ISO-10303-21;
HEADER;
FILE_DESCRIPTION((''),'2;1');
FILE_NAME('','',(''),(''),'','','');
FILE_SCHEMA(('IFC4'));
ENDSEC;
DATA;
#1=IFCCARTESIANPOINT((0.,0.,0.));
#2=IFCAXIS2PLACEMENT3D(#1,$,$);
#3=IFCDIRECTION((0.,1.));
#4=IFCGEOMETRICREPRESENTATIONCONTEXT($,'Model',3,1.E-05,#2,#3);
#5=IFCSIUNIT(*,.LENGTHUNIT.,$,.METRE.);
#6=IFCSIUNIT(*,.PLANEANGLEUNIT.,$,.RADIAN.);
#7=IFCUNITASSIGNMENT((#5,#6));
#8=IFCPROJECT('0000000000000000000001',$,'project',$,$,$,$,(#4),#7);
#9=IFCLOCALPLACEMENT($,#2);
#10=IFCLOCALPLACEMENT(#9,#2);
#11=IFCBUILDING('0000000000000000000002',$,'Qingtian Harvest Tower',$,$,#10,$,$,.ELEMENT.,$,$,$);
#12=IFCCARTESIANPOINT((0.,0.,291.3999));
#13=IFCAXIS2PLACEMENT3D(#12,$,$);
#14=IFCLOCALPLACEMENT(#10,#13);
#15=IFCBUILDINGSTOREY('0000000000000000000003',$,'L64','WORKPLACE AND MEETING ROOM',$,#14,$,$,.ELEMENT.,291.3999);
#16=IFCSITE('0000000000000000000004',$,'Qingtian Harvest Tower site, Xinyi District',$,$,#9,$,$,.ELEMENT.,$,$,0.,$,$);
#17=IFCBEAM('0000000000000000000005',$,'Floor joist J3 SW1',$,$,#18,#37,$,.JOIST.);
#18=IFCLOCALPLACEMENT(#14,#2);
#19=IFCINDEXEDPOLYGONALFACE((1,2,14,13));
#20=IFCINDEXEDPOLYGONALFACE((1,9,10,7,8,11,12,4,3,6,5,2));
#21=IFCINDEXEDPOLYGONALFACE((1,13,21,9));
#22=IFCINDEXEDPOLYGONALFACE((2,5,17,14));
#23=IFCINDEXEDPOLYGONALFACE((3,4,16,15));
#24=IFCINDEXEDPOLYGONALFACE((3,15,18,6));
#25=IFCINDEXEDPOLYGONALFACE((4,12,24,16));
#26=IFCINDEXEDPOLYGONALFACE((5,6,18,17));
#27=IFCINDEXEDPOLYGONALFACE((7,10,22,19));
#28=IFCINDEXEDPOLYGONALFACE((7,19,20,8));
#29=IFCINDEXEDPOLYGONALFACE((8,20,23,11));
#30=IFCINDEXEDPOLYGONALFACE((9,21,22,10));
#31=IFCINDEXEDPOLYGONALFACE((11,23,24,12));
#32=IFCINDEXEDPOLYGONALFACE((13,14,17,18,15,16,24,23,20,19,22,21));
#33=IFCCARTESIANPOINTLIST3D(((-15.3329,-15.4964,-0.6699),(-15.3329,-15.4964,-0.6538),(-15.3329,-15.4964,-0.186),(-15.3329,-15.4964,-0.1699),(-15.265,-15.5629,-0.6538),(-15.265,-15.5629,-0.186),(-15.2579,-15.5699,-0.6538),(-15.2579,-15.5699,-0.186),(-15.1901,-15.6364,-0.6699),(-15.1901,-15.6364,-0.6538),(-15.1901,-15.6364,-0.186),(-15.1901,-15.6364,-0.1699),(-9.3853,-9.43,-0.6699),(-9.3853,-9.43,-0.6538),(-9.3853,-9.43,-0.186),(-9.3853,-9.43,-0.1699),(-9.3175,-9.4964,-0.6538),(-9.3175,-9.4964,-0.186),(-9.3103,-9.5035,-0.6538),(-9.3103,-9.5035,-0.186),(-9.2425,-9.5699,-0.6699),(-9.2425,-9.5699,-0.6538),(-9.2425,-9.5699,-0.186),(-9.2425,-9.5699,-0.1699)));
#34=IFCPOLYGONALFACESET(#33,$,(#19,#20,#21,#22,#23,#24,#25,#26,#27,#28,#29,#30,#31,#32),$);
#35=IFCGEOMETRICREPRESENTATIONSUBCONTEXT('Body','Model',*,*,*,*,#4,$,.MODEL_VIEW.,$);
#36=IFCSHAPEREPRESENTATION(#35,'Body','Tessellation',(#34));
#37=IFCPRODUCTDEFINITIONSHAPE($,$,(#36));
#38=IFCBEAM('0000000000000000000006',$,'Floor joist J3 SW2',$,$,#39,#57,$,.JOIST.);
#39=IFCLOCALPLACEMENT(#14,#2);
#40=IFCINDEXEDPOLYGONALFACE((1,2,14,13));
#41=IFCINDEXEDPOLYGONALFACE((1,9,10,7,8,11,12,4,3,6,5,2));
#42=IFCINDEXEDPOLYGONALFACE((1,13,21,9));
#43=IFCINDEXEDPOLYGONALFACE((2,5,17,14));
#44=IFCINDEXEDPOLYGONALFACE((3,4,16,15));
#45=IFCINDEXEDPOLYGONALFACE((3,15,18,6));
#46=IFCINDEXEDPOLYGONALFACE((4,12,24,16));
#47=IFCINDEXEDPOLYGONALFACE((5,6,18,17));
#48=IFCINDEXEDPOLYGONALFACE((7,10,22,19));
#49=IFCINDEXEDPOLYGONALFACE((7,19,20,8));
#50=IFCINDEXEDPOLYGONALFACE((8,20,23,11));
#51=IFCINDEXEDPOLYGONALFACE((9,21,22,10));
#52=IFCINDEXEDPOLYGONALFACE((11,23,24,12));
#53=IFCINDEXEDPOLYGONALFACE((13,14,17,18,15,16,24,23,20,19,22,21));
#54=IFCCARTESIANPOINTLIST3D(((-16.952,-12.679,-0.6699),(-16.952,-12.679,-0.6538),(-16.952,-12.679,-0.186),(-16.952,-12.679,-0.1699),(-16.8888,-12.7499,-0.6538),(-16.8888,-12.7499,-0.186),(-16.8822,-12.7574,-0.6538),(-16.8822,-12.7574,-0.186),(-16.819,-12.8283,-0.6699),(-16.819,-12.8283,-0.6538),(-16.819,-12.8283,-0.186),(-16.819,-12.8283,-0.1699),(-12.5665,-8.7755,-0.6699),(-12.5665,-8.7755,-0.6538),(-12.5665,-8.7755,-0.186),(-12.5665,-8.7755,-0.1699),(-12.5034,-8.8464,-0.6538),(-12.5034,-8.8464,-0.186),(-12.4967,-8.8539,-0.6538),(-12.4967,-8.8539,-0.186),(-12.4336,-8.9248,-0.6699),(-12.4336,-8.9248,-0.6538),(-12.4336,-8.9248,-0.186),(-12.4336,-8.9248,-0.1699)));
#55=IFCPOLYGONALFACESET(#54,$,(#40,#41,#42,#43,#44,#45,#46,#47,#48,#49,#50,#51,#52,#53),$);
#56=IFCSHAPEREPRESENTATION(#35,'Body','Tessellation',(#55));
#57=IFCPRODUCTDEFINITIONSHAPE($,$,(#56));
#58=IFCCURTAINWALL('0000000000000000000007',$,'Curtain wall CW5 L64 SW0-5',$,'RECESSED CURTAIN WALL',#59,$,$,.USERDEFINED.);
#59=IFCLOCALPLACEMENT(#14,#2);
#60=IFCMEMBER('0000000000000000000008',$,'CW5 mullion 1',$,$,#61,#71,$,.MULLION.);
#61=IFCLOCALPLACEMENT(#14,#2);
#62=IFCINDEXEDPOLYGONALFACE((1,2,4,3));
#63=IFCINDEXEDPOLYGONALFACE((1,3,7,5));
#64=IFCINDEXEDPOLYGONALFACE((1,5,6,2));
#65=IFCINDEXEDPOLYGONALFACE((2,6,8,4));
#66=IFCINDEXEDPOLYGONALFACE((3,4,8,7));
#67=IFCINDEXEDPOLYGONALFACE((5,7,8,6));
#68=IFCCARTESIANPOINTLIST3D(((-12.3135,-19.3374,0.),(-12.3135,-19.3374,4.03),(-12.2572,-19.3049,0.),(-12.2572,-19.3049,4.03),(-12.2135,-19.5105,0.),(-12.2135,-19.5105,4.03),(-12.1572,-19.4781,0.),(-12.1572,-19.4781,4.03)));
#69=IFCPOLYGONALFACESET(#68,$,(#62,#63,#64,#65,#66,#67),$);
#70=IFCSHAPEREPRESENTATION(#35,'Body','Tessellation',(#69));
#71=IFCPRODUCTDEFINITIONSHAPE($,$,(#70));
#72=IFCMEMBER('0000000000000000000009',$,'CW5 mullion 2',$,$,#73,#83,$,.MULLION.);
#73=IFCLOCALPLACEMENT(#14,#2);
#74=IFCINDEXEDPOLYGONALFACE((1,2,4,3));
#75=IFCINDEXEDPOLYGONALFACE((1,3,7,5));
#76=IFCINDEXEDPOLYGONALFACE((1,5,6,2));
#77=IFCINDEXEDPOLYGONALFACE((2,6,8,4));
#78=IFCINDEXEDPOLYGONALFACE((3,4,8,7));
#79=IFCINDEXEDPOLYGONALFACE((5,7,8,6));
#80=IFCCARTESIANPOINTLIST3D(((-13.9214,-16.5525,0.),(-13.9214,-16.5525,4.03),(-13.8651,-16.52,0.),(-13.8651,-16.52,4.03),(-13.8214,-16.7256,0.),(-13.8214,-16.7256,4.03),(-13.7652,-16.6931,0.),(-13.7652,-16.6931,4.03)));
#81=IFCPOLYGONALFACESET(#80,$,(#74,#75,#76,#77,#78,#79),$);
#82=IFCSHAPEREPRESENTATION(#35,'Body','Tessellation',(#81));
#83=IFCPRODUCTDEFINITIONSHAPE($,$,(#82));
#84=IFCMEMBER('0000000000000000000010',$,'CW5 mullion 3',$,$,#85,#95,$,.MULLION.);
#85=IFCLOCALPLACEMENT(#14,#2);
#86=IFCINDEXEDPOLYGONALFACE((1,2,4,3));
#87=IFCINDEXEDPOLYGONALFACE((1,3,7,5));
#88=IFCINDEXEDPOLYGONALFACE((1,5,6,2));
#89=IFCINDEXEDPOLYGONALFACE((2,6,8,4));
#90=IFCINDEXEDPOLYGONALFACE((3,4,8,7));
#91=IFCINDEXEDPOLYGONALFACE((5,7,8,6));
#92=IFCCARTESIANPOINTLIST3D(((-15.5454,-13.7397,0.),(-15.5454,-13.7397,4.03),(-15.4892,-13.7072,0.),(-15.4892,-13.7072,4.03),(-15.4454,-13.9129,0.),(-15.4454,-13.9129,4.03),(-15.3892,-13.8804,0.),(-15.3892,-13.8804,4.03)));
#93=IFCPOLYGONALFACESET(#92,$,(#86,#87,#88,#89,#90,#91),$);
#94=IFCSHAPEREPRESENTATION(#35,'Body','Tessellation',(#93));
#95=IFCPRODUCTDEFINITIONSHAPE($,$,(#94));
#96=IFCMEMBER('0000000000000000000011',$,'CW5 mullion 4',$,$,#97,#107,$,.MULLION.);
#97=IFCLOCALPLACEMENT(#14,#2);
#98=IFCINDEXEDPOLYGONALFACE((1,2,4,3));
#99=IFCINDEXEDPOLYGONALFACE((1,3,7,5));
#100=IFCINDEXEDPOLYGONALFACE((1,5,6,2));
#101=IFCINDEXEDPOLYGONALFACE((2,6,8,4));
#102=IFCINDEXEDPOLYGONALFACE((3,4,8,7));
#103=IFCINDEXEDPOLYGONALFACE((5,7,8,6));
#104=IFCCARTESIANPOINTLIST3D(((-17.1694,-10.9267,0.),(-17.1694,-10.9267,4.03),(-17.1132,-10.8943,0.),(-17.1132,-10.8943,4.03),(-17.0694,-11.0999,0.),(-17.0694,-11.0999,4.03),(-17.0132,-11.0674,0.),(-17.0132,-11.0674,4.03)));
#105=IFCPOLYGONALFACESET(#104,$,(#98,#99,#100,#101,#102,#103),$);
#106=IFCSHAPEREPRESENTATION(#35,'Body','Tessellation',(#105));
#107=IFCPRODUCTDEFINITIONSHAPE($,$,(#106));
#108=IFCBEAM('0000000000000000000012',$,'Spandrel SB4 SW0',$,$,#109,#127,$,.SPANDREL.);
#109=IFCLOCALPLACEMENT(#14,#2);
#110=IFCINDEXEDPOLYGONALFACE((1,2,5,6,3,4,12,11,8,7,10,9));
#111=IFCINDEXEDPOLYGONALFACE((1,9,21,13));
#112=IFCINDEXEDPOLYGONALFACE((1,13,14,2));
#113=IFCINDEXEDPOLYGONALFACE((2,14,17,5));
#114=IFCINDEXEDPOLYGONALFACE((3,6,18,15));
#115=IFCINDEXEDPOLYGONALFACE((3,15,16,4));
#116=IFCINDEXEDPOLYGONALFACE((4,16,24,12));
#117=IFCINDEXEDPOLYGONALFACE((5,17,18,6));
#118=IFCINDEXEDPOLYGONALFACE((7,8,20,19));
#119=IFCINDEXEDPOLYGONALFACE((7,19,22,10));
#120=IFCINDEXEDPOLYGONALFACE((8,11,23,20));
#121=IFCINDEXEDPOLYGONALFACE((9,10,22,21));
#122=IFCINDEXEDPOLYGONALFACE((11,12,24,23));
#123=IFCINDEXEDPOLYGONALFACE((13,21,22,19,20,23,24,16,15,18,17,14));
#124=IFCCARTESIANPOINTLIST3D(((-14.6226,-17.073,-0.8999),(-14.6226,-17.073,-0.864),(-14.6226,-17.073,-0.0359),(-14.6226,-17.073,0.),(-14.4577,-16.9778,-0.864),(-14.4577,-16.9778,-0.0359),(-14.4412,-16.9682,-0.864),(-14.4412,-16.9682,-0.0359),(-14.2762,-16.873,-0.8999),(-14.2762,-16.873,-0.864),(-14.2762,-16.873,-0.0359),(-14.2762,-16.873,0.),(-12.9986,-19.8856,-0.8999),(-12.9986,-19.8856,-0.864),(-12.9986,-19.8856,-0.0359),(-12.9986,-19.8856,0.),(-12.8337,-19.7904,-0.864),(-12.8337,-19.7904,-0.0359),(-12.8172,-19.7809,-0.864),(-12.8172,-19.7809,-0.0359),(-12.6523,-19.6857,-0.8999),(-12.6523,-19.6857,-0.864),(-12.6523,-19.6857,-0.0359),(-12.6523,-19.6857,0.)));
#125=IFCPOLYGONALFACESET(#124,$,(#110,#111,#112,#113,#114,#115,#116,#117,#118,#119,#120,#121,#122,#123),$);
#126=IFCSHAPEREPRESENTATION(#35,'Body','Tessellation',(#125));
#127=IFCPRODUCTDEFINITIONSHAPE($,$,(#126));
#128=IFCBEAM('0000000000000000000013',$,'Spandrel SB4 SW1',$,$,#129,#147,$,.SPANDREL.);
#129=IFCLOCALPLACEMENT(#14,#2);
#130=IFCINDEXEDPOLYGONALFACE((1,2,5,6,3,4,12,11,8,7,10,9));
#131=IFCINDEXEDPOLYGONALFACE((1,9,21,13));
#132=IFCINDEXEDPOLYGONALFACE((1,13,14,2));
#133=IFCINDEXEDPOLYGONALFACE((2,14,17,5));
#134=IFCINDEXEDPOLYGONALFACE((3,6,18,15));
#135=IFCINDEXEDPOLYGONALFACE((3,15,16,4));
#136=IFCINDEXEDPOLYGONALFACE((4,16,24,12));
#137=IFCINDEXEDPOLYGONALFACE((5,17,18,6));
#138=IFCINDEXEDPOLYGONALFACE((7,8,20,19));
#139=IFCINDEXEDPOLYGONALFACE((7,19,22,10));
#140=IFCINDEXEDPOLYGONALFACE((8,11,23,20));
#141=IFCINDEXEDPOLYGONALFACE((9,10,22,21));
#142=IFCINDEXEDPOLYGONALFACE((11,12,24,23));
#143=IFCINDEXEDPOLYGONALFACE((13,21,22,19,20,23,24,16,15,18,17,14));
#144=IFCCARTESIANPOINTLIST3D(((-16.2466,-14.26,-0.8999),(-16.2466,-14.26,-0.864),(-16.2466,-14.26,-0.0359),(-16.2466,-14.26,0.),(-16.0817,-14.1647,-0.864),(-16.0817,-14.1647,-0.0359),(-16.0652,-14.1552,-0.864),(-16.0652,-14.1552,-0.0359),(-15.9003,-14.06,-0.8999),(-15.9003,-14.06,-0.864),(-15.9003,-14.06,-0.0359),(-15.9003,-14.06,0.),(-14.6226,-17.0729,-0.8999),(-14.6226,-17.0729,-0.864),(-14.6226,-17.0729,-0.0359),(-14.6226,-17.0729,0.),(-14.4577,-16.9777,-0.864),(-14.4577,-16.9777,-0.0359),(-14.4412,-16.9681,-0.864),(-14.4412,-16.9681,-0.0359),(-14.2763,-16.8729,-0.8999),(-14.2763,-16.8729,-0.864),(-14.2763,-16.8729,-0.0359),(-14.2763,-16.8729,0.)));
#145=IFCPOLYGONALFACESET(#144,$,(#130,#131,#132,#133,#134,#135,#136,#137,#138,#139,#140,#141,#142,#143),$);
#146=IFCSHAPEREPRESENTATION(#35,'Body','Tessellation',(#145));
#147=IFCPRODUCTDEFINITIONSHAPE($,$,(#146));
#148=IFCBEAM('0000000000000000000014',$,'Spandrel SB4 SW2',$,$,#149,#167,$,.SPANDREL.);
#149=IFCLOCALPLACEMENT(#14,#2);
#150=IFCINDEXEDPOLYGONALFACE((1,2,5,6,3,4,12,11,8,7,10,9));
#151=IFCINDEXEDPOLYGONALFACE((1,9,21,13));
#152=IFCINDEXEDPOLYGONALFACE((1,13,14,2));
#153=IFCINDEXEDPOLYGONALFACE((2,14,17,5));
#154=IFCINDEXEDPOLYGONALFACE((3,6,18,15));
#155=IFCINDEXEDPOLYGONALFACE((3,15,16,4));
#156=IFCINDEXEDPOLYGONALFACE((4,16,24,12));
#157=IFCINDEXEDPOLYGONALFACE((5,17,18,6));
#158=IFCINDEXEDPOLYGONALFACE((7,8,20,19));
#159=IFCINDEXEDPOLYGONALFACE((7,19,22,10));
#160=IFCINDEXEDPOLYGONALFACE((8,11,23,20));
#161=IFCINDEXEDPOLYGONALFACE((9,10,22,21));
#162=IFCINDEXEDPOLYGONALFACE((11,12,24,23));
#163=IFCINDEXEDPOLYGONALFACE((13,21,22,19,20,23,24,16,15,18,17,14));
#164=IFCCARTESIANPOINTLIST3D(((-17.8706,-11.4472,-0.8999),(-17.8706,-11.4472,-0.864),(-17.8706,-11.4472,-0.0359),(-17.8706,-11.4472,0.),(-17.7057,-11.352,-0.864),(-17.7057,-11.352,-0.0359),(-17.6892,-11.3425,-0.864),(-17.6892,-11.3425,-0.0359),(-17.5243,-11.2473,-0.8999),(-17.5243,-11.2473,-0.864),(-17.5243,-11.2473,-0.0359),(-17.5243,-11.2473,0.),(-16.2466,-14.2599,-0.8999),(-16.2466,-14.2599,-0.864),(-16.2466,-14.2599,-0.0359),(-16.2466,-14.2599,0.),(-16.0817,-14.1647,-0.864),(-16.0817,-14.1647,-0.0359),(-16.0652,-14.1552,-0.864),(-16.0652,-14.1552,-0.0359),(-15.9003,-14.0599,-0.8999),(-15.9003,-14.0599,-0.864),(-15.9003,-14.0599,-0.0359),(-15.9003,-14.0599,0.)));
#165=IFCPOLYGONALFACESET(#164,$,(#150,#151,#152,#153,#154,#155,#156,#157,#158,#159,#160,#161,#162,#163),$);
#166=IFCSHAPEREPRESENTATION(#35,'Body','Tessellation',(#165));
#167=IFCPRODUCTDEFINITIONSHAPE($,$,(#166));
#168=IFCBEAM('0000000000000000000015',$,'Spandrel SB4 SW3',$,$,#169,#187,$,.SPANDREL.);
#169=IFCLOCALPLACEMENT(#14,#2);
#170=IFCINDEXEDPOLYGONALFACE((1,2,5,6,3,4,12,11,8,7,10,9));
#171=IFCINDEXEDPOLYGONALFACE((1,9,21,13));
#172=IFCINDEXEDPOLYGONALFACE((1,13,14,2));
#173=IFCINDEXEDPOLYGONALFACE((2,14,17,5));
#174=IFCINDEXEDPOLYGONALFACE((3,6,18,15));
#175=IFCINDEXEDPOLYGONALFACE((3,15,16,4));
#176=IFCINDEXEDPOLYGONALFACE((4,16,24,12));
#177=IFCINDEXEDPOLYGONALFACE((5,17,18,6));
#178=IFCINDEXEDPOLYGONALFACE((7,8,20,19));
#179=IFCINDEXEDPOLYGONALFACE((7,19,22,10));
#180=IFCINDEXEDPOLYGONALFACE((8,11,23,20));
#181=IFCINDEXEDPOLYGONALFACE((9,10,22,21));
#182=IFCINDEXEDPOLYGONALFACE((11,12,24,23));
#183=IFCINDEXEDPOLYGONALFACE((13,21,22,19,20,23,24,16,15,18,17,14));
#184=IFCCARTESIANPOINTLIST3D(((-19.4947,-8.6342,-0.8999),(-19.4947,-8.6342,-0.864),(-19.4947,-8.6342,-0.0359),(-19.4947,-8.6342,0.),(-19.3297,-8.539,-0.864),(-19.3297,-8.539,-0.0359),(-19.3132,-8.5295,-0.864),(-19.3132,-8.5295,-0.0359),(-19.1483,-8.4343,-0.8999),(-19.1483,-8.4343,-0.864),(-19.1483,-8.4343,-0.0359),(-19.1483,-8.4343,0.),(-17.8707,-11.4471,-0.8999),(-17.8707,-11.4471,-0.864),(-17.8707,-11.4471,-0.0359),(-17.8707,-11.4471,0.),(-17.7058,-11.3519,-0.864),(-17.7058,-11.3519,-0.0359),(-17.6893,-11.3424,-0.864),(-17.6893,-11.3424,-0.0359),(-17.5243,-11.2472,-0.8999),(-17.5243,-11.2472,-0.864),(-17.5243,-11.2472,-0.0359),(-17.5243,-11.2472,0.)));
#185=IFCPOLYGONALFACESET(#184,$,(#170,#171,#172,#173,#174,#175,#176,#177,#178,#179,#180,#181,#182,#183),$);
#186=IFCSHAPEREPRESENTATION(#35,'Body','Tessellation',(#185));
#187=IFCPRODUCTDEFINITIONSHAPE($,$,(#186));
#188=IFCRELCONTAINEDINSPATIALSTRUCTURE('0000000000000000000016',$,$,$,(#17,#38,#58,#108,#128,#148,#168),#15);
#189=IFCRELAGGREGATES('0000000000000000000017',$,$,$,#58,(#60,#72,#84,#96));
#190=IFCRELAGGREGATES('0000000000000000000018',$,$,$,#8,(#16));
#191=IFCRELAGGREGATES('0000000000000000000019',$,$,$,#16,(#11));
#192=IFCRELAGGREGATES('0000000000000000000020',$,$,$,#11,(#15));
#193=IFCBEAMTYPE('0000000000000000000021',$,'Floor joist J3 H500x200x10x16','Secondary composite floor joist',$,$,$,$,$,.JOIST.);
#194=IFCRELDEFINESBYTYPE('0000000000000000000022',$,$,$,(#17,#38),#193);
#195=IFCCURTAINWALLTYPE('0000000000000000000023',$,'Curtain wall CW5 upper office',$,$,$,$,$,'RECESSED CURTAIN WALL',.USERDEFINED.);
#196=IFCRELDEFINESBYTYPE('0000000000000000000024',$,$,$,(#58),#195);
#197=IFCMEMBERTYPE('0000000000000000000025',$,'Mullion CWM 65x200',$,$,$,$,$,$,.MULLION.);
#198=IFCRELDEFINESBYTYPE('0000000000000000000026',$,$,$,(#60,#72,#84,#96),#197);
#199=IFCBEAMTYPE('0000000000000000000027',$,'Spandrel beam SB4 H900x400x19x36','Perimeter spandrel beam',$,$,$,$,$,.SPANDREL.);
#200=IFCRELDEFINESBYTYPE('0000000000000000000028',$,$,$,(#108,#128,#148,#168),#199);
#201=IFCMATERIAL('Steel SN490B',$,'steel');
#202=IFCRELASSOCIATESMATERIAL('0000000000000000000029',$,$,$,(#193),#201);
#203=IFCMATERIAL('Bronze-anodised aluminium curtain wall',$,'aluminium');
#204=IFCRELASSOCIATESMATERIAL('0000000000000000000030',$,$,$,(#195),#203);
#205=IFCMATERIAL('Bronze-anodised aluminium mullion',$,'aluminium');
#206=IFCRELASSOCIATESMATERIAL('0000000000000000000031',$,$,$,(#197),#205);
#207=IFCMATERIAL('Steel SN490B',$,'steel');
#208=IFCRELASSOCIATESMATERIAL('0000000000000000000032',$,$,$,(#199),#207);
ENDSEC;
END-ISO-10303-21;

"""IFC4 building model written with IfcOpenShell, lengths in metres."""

from ifc_helpers import new_model, si_unit, direction, frame, origin, origin_2d, place, context, subcontext, project, spatial, rectangle, i_section, extrude, material, material_profile, profile_set, type_object, element, aggregate, save


model = new_model("IFC4")

# Units and contexts
model_context = context("Model", 3, precision=1e-05, world=origin(), true_north=direction((0.0, 1.0)))
body_context = subcontext(model_context, "Body", "Model", "MODEL_VIEW")
ifc_project = project(units=[si_unit("LENGTHUNIT", "METRE"), si_unit("PLANEANGLEUNIT", "RADIAN")], contexts=[model_context])

# Site, building, storey
site_placement = place(None, origin())
site = spatial("IfcSite", under=ifc_project, at=site_placement, Name="Qingtian Harvest Tower site, Xinyi District", CompositionType="ELEMENT", RefElevation=0.0)
building_placement = place(site_placement, origin())
building = spatial("IfcBuilding", under=site, at=building_placement, Name="Qingtian Harvest Tower", CompositionType="ELEMENT")
storey_placement = place(building_placement, frame((0.0, 0.0, 291.3999)))
storey = spatial("IfcBuildingStorey", under=building, at=storey_placement, Name="L64", Description="WORKPLACE AND MEETING ROOM", CompositionType="ELEMENT", Elevation=291.3999)

# Beams
ifc_material_1 = material(Name="Steel SN490B", Category="steel")
ifc_material_profile_1 = material_profile(ifc_material_1, i_section(OverallWidth=0.2, OverallDepth=0.5, WebThickness=0.01, FlangeThickness=0.0161, at=origin_2d()), Name="H500x200x10x16")
ifc_profile_set_1 = profile_set([ifc_material_profile_1], Name="Steel SN490B")
beam_type_1 = type_object("IfcBeamType", Name="Floor joist J3 H500x200x10x16", Description="Secondary composite floor joist", PredefinedType="JOIST", material=ifc_profile_set_1)
beam_1_placement = place(storey_placement, frame((-15.2615, -15.5664, -0.4199), z_axis=(0.700075, 0.71407, 0.0), x_axis=(-0.71407, 0.700075, 0.0)))
element("IfcBeam", 1, at=beam_1_placement, inside=storey, type_object=beam_type_1, Name="Floor joist J3 SW1", PredefinedType="JOIST", context=body_context, shape_type="SweptSolid", body=[
    extrude(i_section(OverallWidth=0.2, OverallDepth=0.5, WebThickness=0.01, FlangeThickness=0.0161, at=origin_2d()), origin(), (0.0, 0.0, 1.0), 8.4956),
])
beam_2_placement = place(storey_placement, frame((-16.8855, -12.7537, -0.4199), z_axis=(0.746957, 0.664872, 0.0), x_axis=(-0.664872, 0.746957, 0.0)))
element("IfcBeam", 2, at=beam_2_placement, inside=storey, type_object=beam_type_1, Name="Floor joist J3 SW2", PredefinedType="JOIST", context=body_context, shape_type="SweptSolid", body=[
    extrude(i_section(OverallWidth=0.2, OverallDepth=0.5, WebThickness=0.01, FlangeThickness=0.0161, at=origin_2d()), origin(), (0.0, 0.0, 1.0), 5.8711),
])

# Curtain wall, members
ifc_material_2 = material(Name="Bronze-anodised aluminium curtain wall", Category="aluminium")
curtain_wall_type = type_object("IfcCurtainWallType", Name="Curtain wall CW5 upper office", ElementType="RECESSED CURTAIN WALL", PredefinedType="USERDEFINED", material=ifc_material_2)
curtain_wall_placement = place(storey_placement, origin())
curtain_wall = element("IfcCurtainWall", 3, at=curtain_wall_placement, inside=storey, type_object=curtain_wall_type, Name="Curtain wall CW5 L64 SW0-5", ObjectType="RECESSED CURTAIN WALL", PredefinedType="USERDEFINED")
ifc_material_3 = material(Name="Bronze-anodised aluminium mullion", Category="aluminium")
ifc_material_profile_2 = material_profile(ifc_material_3, rectangle(XDim=0.0649, YDim=0.2, at=origin_2d()), Name="AL 65x200")
ifc_profile_set_2 = profile_set([ifc_material_profile_2], Name="Bronze-anodised aluminium mullion")
member_type_1 = type_object("IfcMemberType", Name="Mullion CWM 65x200", PredefinedType="MULLION", material=ifc_profile_set_2)
member_1_placement = place(storey_placement, frame((-12.2354, -19.4077, 0.0), z_axis=(0.0, 0.0, 1.0), x_axis=(-0.866025, -0.5, 0.0)))
member_1 = element("IfcMember", 4, at=member_1_placement, type_object=member_type_1, Name="CW5 mullion 1", PredefinedType="MULLION", context=body_context, shape_type="SweptSolid", body=[
    extrude(rectangle(XDim=0.0649, YDim=0.2, at=origin_2d()), origin(), (0.0, 0.0, 1.0), 4.03),
])
member_2_placement = place(storey_placement, frame((-13.8433, -16.6228, 0.0), z_axis=(0.0, 0.0, 1.0), x_axis=(-0.866025, -0.5, 0.0)))
member_2 = element("IfcMember", 5, at=member_2_placement, type_object=member_type_1, Name="CW5 mullion 2", PredefinedType="MULLION", context=body_context, shape_type="SweptSolid", body=[
    extrude(rectangle(XDim=0.0649, YDim=0.2, at=origin_2d()), origin(), (0.0, 0.0, 1.0), 4.03),
])
member_3_placement = place(storey_placement, frame((-15.4673, -13.8101, 0.0), z_axis=(0.0, 0.0, 1.0), x_axis=(-0.866025, -0.5, 0.0)))
member_3 = element("IfcMember", 6, at=member_3_placement, type_object=member_type_1, Name="CW5 mullion 3", PredefinedType="MULLION", context=body_context, shape_type="SweptSolid", body=[
    extrude(rectangle(XDim=0.0649, YDim=0.2, at=origin_2d()), origin(), (0.0, 0.0, 1.0), 4.03),
])
member_4_placement = place(storey_placement, frame((-17.0913, -10.9971, 0.0), z_axis=(0.0, 0.0, 1.0), x_axis=(-0.866025, -0.5, 0.0)))
member_4 = element("IfcMember", 7, at=member_4_placement, type_object=member_type_1, Name="CW5 mullion 4", PredefinedType="MULLION", context=body_context, shape_type="SweptSolid", body=[
    extrude(rectangle(XDim=0.0649, YDim=0.2, at=origin_2d()), origin(), (0.0, 0.0, 1.0), 4.03),
])

# Beams
ifc_material_4 = material(Name="Steel SN490B", Category="steel")
ifc_material_profile_3 = material_profile(ifc_material_4, i_section(OverallWidth=0.3999, OverallDepth=0.8999, WebThickness=0.019, FlangeThickness=0.0359, at=origin_2d()), Name="H900x400x19x36")
ifc_profile_set_3 = profile_set([ifc_material_profile_3], Name="Steel SN490B")
beam_type_2 = type_object("IfcBeamType", Name="Spandrel beam SB4 H900x400x19x36", Description="Perimeter spandrel beam", PredefinedType="SPANDREL", material=ifc_profile_set_3)
beam_3_placement = place(storey_placement, frame((-12.8254, -19.7856, -0.45), z_axis=(-0.50002, 0.866014, 0.0), x_axis=(-0.866014, -0.50002, 0.0)))
element("IfcBeam", 8, at=beam_3_placement, inside=storey, type_object=beam_type_2, Name="Spandrel SB4 SW0", PredefinedType="SPANDREL", context=body_context, shape_type="SweptSolid", body=[
    extrude(i_section(OverallWidth=0.3999, OverallDepth=0.8999, WebThickness=0.019, FlangeThickness=0.0359, at=origin_2d()), origin(), (0.0, 0.0, 1.0), 3.2478),
])
beam_4_placement = place(storey_placement, frame((-14.4495, -16.9729, -0.45), z_axis=(-0.499987, 0.866033, 0.0), x_axis=(-0.866033, -0.499987, 0.0)))
element("IfcBeam", 9, at=beam_4_placement, inside=storey, type_object=beam_type_2, Name="Spandrel SB4 SW1", PredefinedType="SPANDREL", context=body_context, shape_type="SweptSolid", body=[
    extrude(i_section(OverallWidth=0.3999, OverallDepth=0.8999, WebThickness=0.019, FlangeThickness=0.0359, at=origin_2d()), origin(), (0.0, 0.0, 1.0), 3.248),
])
beam_5_placement = place(storey_placement, frame((-16.0735, -14.1599, -0.45), z_axis=(-0.50002, 0.866014, 0.0), x_axis=(-0.866014, -0.50002, 0.0)))
element("IfcBeam", 10, at=beam_5_placement, inside=storey, type_object=beam_type_2, Name="Spandrel SB4 SW2", PredefinedType="SPANDREL", context=body_context, shape_type="SweptSolid", body=[
    extrude(i_section(OverallWidth=0.3999, OverallDepth=0.8999, WebThickness=0.019, FlangeThickness=0.0359, at=origin_2d()), origin(), (0.0, 0.0, 1.0), 3.2478),
])
beam_6_placement = place(storey_placement, frame((-17.6975, -11.3472, -0.45), z_axis=(-0.499987, 0.866033, 0.0), x_axis=(-0.866033, -0.499987, 0.0)))
element("IfcBeam", 11, at=beam_6_placement, inside=storey, type_object=beam_type_2, Name="Spandrel SB4 SW3", PredefinedType="SPANDREL", context=body_context, shape_type="SweptSolid", body=[
    extrude(i_section(OverallWidth=0.3999, OverallDepth=0.8999, WebThickness=0.019, FlangeThickness=0.0359, at=origin_2d()), origin(), (0.0, 0.0, 1.0), 3.248),
])

aggregate(curtain_wall, [member_1, member_2, member_3, member_4])

save(model, "model.ifc")
